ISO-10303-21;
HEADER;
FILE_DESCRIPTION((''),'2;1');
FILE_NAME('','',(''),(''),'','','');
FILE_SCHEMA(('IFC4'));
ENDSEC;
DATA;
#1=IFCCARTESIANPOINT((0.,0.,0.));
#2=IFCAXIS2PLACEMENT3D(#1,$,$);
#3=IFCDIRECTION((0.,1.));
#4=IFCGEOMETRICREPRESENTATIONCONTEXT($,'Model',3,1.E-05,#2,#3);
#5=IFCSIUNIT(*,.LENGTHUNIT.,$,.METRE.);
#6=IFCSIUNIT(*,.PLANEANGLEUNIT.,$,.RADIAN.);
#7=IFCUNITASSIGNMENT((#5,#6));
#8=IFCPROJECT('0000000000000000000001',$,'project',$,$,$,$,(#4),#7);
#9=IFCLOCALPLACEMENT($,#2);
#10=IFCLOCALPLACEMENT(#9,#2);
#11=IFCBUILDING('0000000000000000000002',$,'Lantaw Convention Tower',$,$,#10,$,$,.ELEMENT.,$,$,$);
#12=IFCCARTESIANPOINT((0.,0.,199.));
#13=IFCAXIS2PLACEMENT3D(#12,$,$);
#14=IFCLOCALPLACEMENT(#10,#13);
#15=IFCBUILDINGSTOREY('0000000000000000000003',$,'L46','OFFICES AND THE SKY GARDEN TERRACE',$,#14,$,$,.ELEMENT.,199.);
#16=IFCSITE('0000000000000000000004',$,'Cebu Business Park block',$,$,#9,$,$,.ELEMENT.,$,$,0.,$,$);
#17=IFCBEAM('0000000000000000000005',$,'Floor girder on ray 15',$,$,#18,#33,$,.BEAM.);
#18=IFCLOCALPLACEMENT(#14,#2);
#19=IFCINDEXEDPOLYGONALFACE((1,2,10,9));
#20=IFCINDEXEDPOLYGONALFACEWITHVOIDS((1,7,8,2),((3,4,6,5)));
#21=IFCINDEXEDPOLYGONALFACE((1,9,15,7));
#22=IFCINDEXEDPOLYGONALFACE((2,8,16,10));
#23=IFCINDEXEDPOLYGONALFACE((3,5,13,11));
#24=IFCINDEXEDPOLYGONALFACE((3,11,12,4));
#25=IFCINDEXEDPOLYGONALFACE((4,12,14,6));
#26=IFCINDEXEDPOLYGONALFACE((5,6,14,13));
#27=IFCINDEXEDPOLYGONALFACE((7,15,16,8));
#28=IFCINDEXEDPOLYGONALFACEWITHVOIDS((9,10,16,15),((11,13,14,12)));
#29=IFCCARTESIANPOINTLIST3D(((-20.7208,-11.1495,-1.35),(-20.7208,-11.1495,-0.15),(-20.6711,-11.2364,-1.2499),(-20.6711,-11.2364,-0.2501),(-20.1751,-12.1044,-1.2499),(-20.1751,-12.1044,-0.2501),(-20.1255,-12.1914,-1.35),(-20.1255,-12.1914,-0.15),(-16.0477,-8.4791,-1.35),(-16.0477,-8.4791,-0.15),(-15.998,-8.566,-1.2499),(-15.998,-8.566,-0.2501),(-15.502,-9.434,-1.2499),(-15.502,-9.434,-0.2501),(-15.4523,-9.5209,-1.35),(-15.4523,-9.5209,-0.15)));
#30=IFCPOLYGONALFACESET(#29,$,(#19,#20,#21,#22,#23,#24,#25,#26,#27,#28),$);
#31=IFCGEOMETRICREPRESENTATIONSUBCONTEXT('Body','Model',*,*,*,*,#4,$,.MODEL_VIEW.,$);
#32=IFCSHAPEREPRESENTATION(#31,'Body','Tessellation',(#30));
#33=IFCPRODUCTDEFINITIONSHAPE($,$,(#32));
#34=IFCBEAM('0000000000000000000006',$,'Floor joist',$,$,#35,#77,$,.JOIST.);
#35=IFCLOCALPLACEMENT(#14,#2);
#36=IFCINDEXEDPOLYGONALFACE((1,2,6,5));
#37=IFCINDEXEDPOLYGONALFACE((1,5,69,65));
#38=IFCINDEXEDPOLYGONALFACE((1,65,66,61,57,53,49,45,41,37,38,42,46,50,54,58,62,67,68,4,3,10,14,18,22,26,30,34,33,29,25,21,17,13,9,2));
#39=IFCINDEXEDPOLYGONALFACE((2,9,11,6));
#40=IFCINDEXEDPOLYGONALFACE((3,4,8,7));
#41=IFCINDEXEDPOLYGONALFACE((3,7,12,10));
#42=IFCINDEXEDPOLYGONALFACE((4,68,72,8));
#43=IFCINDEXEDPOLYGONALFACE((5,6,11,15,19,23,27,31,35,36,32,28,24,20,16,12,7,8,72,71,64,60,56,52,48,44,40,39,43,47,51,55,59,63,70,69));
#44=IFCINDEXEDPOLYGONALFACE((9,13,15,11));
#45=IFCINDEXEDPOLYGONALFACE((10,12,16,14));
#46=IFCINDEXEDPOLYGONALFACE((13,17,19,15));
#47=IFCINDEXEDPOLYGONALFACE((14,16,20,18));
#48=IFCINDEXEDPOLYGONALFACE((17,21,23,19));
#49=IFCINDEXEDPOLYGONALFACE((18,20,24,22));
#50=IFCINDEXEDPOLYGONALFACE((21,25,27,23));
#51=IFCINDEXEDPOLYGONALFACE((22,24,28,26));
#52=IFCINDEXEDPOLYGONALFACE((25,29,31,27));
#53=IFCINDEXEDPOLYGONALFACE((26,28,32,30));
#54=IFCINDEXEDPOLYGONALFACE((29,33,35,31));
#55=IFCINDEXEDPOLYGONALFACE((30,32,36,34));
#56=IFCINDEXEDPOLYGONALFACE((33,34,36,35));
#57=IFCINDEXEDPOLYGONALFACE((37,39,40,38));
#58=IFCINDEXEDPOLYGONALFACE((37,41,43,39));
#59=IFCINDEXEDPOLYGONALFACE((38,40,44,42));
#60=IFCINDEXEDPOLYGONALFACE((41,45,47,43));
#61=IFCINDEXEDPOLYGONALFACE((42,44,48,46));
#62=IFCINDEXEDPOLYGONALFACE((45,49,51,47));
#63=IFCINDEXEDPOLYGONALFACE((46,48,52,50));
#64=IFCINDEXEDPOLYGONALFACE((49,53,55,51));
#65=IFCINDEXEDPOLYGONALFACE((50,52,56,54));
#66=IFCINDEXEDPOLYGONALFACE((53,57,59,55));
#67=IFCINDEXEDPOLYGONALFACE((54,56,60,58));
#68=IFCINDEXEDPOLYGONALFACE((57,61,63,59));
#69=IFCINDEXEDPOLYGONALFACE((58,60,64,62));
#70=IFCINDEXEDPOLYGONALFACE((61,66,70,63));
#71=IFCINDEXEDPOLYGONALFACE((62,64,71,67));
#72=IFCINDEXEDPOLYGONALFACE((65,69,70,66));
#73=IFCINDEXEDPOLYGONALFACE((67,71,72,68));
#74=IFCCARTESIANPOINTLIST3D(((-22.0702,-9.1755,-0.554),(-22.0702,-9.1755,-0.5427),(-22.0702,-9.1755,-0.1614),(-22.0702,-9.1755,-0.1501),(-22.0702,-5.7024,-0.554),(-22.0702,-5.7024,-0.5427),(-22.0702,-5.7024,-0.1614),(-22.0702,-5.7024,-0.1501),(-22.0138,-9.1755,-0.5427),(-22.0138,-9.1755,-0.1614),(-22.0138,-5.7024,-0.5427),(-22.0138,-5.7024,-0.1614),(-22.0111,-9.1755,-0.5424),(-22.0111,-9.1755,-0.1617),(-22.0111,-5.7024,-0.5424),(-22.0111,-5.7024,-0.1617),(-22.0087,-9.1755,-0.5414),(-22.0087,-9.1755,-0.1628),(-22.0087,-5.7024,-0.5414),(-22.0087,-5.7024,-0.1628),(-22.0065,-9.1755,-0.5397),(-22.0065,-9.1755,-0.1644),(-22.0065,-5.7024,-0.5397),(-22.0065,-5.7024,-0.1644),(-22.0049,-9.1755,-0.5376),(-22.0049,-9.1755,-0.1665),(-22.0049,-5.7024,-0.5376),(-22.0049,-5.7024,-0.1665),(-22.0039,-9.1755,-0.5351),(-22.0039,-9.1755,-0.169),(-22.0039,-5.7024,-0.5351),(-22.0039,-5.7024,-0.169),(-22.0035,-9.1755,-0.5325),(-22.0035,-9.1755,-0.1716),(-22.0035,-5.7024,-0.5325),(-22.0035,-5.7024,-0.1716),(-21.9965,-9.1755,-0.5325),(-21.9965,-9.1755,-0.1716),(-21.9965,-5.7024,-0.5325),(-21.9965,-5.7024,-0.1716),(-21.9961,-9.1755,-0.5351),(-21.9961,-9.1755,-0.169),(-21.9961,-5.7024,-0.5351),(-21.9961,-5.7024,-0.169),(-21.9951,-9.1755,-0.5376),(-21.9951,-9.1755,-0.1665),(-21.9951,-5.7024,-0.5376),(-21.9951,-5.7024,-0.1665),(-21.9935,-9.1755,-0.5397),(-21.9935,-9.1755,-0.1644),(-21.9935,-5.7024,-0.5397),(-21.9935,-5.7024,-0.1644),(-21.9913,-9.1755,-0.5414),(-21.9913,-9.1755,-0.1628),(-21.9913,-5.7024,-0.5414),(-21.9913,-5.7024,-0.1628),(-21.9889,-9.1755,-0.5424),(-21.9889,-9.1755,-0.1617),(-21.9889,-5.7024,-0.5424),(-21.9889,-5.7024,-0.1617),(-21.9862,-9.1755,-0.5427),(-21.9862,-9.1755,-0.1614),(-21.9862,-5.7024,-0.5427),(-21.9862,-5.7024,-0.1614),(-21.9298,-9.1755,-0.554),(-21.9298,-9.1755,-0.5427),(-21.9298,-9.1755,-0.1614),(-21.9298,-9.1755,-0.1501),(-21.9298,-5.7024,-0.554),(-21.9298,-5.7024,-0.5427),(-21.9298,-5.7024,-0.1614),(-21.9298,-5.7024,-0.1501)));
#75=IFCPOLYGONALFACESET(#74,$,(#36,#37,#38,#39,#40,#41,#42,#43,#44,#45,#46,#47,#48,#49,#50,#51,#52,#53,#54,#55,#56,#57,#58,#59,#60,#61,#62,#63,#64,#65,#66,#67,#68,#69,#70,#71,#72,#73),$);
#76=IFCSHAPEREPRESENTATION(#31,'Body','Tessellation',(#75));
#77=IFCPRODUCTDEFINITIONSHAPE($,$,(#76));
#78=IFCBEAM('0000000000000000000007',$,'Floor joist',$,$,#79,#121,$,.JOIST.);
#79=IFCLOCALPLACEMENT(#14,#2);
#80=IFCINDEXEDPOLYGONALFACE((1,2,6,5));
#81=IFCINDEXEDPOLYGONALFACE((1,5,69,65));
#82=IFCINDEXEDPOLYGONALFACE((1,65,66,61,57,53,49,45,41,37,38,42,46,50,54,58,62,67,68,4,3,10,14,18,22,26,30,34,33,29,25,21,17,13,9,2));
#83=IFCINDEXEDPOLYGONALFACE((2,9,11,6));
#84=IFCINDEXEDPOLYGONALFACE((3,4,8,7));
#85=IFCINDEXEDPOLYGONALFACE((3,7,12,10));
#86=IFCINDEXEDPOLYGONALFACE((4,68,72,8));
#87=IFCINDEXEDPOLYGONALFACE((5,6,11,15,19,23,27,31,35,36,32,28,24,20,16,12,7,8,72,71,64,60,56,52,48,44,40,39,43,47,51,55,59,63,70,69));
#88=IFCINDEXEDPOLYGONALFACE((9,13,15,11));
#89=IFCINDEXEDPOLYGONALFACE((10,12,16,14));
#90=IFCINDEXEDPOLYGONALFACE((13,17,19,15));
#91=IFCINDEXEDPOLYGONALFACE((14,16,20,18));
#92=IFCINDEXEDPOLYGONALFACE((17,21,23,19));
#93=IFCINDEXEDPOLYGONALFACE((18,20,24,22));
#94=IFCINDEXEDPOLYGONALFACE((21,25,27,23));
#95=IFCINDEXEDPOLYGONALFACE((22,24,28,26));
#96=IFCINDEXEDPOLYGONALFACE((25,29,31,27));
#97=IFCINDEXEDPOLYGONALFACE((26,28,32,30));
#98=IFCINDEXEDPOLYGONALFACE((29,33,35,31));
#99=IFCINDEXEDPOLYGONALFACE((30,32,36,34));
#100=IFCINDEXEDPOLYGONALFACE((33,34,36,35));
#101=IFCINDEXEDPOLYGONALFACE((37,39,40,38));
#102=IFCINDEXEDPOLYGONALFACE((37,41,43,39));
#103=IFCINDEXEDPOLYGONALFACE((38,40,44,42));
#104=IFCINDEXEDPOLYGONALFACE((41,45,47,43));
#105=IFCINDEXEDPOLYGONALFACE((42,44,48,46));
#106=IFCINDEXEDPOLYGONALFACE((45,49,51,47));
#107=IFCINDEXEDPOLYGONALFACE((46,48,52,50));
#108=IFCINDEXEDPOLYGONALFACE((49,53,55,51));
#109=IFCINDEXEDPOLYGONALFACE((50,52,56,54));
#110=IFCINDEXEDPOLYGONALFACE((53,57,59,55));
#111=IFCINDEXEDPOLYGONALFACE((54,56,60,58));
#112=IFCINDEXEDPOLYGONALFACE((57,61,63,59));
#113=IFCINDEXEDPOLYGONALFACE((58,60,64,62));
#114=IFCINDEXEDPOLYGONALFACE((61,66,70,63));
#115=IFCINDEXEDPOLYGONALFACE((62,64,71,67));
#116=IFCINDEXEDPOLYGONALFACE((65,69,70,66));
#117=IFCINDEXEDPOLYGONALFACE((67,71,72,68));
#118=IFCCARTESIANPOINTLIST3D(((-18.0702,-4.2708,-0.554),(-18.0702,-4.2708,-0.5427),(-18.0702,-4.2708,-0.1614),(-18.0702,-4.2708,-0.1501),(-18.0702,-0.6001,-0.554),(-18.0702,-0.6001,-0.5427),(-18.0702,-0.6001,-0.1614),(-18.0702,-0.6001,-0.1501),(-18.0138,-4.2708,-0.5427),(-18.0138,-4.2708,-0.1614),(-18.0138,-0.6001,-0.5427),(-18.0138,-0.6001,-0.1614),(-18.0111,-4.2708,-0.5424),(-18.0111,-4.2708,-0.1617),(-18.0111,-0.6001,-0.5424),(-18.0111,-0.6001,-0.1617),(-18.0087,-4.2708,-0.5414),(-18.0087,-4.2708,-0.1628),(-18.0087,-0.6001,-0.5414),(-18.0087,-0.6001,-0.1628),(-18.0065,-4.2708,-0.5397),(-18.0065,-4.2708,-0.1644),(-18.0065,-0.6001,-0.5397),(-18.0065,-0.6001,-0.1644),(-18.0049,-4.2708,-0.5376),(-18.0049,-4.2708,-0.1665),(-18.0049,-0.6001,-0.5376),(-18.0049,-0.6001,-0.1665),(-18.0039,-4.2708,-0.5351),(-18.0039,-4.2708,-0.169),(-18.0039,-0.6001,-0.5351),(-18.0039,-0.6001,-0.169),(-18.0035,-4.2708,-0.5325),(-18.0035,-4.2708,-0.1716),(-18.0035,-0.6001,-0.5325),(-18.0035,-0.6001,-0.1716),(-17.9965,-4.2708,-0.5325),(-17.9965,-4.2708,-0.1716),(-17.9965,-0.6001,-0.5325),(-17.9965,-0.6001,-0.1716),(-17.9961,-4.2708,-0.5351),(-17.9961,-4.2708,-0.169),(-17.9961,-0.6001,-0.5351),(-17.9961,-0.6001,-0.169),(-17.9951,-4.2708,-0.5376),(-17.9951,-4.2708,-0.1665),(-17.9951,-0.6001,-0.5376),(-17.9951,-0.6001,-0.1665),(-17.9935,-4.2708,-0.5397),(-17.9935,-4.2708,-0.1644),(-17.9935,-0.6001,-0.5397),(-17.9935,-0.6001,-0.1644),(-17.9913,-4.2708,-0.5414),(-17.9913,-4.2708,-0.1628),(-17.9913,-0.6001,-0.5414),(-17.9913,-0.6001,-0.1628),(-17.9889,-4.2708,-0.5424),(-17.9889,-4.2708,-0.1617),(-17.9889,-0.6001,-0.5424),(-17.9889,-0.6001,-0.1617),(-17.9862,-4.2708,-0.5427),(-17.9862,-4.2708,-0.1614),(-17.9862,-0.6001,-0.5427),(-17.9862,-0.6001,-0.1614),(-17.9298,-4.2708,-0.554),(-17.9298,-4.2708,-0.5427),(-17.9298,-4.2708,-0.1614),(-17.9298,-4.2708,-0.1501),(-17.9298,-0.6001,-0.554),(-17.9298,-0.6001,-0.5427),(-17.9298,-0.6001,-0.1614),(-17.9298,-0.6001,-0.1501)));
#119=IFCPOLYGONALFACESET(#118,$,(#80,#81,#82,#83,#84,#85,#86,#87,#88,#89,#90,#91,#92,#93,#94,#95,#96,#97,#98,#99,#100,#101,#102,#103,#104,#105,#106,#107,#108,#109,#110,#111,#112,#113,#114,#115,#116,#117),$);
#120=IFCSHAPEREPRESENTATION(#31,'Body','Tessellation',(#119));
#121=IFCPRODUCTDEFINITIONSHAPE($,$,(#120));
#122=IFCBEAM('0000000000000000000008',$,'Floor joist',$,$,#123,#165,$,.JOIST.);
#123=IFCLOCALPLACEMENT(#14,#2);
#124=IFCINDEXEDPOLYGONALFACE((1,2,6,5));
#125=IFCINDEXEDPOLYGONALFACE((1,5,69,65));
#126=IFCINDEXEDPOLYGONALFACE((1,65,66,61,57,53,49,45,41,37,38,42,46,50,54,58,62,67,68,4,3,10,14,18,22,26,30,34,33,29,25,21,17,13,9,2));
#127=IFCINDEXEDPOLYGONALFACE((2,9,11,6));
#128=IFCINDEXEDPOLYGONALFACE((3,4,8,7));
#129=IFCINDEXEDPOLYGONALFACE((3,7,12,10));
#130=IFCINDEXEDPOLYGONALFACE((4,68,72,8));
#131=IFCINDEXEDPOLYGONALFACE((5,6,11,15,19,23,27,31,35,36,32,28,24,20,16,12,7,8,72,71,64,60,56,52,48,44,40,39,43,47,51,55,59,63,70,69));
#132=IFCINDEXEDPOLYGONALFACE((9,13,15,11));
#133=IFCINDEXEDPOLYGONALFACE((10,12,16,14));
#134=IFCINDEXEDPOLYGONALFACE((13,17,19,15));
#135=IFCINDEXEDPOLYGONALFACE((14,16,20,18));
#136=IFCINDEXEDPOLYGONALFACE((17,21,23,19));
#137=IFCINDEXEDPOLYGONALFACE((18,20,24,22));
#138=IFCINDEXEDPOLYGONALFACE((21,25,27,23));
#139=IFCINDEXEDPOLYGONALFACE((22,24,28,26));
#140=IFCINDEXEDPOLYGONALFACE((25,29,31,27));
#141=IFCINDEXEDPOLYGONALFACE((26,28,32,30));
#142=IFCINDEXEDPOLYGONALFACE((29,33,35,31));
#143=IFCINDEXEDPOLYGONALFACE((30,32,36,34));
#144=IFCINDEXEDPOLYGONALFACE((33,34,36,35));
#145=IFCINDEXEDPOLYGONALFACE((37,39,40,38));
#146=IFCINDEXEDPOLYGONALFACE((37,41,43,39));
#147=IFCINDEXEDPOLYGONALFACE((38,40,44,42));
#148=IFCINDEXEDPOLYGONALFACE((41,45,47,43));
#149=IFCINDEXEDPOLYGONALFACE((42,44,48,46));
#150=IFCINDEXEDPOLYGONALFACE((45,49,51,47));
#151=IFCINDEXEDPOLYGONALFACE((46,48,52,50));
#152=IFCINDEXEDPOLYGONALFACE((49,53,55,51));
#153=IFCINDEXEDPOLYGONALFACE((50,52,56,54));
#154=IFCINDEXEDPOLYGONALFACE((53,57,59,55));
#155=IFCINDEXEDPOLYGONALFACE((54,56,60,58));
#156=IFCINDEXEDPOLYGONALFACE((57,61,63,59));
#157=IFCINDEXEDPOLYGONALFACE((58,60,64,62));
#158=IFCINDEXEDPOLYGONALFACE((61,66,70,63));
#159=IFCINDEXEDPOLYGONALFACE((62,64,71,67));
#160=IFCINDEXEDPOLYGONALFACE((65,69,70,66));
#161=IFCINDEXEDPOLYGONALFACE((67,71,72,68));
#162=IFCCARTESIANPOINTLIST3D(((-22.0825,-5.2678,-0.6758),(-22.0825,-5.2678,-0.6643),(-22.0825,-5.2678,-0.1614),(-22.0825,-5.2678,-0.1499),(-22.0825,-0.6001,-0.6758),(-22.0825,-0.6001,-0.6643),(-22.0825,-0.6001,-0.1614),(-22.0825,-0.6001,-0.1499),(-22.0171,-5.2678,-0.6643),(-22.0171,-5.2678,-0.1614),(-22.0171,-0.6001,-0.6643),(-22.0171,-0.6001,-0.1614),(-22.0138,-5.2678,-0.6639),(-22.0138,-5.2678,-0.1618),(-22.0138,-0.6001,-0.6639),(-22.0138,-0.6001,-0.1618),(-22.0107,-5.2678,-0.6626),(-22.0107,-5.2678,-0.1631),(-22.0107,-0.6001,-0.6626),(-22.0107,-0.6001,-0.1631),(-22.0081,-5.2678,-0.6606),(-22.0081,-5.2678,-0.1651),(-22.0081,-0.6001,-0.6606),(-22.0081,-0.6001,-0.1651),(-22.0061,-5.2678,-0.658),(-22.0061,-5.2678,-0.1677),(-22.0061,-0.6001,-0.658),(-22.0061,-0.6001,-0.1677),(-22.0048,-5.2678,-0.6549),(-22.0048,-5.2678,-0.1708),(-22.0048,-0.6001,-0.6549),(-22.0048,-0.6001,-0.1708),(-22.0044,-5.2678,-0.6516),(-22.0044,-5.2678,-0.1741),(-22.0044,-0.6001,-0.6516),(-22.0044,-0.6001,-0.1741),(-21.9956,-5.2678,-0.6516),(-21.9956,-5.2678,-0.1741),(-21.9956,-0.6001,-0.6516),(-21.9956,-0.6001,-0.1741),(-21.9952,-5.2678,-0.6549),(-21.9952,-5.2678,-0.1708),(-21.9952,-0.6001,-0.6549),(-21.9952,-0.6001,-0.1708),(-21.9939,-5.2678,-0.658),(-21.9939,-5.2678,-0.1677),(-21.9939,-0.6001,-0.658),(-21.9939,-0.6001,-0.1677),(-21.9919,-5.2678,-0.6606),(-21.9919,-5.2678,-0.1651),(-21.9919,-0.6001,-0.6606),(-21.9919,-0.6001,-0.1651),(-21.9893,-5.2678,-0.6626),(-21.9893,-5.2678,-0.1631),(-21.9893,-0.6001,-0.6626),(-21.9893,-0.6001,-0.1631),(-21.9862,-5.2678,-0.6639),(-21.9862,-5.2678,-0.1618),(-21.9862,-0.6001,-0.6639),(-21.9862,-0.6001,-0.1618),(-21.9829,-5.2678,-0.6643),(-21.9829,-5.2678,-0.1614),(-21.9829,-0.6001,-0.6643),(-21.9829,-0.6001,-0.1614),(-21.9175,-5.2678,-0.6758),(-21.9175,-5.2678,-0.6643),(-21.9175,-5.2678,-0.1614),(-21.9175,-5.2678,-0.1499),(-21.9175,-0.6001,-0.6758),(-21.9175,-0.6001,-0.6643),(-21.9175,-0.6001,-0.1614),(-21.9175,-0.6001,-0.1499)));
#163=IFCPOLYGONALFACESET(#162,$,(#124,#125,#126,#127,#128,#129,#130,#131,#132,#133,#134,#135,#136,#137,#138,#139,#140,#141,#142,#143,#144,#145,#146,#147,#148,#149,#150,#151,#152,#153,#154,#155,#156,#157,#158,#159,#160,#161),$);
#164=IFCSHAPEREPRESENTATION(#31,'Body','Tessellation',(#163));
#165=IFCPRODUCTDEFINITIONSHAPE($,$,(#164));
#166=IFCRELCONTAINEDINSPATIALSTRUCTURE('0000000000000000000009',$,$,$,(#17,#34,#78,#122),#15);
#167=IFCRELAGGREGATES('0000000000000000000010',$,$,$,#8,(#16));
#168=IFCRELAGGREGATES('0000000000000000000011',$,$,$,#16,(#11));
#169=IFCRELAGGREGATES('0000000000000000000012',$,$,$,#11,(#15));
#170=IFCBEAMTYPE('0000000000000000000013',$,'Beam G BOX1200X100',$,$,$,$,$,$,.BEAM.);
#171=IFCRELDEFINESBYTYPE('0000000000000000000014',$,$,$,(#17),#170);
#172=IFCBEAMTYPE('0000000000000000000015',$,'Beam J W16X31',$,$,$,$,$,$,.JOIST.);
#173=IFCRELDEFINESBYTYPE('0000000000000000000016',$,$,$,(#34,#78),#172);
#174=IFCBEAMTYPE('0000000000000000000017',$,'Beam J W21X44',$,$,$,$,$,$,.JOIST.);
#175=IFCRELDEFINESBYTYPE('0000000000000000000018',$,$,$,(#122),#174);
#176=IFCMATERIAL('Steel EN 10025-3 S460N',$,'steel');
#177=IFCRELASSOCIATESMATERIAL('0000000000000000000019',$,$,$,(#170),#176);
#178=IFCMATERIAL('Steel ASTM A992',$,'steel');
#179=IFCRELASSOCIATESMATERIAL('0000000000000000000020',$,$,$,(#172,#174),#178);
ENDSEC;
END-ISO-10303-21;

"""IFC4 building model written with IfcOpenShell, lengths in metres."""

from ifc_helpers import new_model, si_unit, direction, frame, origin, origin_2d, place, context, subcontext, project, spatial, hollow_rectangle, i_section, extrude, material, material_profile, profile_set, type_object, element, save


model = new_model("IFC4")

# Units and contexts
model_context = context("Model", 3, precision=1e-05, world=origin(), true_north=direction((0.0, 1.0)))
body_context = subcontext(model_context, "Body", "Model", "MODEL_VIEW")
ifc_project = project(units=[si_unit("LENGTHUNIT", "METRE"), si_unit("PLANEANGLEUNIT", "RADIAN")], contexts=[model_context])

# Site, building, storey
site_placement = place(None, origin())
site = spatial("IfcSite", under=ifc_project, at=site_placement, Name="Cebu Business Park block", CompositionType="ELEMENT", RefElevation=0.0)
building_placement = place(site_placement, origin())
building = spatial("IfcBuilding", under=site, at=building_placement, Name="Lantaw Convention Tower", CompositionType="ELEMENT")
storey_placement = place(building_placement, frame((0.0, 0.0, 199.0)))
storey = spatial("IfcBuildingStorey", under=building, at=storey_placement, Name="L46", Description="OFFICES AND THE SKY GARDEN TERRACE", CompositionType="ELEMENT", Elevation=199.0)

# Shared definitions
ifc_material_1 = material(Name="Steel EN 10025-3 S460N", Category="steel")

# Beams
ifc_material_2 = material(Name="Steel ASTM A992", Category="steel")
ifc_material_profile_1 = material_profile(ifc_material_1, hollow_rectangle(XDim=1.2, YDim=1.2, WallThickness=0.1001, at=origin_2d()), Name="BOX1200X100")
ifc_profile_set_1 = profile_set([ifc_material_profile_1], Name="Steel EN 10025-3 S460N")
beam_type_1 = type_object("IfcBeamType", Name="Beam G BOX1200X100", PredefinedType="BEAM", material=ifc_profile_set_1)
beam_1_placement = place(storey_placement, frame((-15.75, -9.0, -0.75), z_axis=(-0.868238, -0.496149, 0.0), x_axis=(0.496149, -0.868238, 0.0)))
element("IfcBeam", 1, at=beam_1_placement, inside=storey, type_object=beam_type_1, Name="Floor girder on ray 15", PredefinedType="BEAM", context=body_context, shape_type="SweptSolid", body=[
    extrude(hollow_rectangle(XDim=1.2, YDim=1.2, WallThickness=0.1001, at=origin_2d()), origin(), (0.0, 0.0, 1.0), 5.3823),
])
ifc_material_profile_2 = material_profile(ifc_material_2, i_section(OverallWidth=0.1404, OverallDepth=0.4038, WebThickness=0.0071, FlangeThickness=0.0112, FilletRadius=0.0103, at=origin_2d()), Name="W16X31")
ifc_profile_set_2 = profile_set([ifc_material_profile_2], Name="Steel ASTM A992")
beam_type_2 = type_object("IfcBeamType", Name="Beam J W16X31", PredefinedType="JOIST", material=ifc_profile_set_2)
beam_2_placement = place(storey_placement, frame((-22.0, -9.1755, -0.3521), z_axis=(0.0, 1.0, 0.0), x_axis=(-1.0, 0.0, 0.0)))
element("IfcBeam", 2, at=beam_2_placement, inside=storey, type_object=beam_type_2, Name="Floor joist", PredefinedType="JOIST", context=body_context, shape_type="SweptSolid", body=[
    extrude(i_section(OverallWidth=0.1404, OverallDepth=0.4038, WebThickness=0.0071, FlangeThickness=0.0112, FilletRadius=0.0103, at=origin_2d()), origin(), (0.0, 0.0, 1.0), 3.4731),
])
beam_3_placement = place(storey_placement, frame((-18.0, -4.2708, -0.3521), z_axis=(0.0, 1.0, 0.0), x_axis=(-1.0, 0.0, 0.0)))
element("IfcBeam", 3, at=beam_3_placement, inside=storey, type_object=beam_type_2, Name="Floor joist", PredefinedType="JOIST", context=body_context, shape_type="SweptSolid", body=[
    extrude(i_section(OverallWidth=0.1404, OverallDepth=0.4038, WebThickness=0.0071, FlangeThickness=0.0112, FilletRadius=0.0103, at=origin_2d()), origin(), (0.0, 0.0, 1.0), 3.6707),
])
ifc_material_profile_3 = material_profile(ifc_material_2, i_section(OverallWidth=0.165, OverallDepth=0.5259, WebThickness=0.0088, FlangeThickness=0.0115, FilletRadius=0.0127, at=origin_2d()), Name="W21X44")
ifc_profile_set_3 = profile_set([ifc_material_profile_3], Name="Steel ASTM A992")
beam_type_3 = type_object("IfcBeamType", Name="Beam J W21X44", PredefinedType="JOIST", material=ifc_profile_set_3)
beam_4_placement = place(storey_placement, frame((-22.0, -5.2678, -0.4128), z_axis=(0.0, 1.0, 0.0), x_axis=(-1.0, 0.0, 0.0)))
element("IfcBeam", 4, at=beam_4_placement, inside=storey, type_object=beam_type_3, Name="Floor joist", PredefinedType="JOIST", context=body_context, shape_type="SweptSolid", body=[
    extrude(i_section(OverallWidth=0.165, OverallDepth=0.5259, WebThickness=0.0088, FlangeThickness=0.0115, FilletRadius=0.0127, at=origin_2d()), origin(), (0.0, 0.0, 1.0), 4.6677),
])

save(model, "model.ifc")
